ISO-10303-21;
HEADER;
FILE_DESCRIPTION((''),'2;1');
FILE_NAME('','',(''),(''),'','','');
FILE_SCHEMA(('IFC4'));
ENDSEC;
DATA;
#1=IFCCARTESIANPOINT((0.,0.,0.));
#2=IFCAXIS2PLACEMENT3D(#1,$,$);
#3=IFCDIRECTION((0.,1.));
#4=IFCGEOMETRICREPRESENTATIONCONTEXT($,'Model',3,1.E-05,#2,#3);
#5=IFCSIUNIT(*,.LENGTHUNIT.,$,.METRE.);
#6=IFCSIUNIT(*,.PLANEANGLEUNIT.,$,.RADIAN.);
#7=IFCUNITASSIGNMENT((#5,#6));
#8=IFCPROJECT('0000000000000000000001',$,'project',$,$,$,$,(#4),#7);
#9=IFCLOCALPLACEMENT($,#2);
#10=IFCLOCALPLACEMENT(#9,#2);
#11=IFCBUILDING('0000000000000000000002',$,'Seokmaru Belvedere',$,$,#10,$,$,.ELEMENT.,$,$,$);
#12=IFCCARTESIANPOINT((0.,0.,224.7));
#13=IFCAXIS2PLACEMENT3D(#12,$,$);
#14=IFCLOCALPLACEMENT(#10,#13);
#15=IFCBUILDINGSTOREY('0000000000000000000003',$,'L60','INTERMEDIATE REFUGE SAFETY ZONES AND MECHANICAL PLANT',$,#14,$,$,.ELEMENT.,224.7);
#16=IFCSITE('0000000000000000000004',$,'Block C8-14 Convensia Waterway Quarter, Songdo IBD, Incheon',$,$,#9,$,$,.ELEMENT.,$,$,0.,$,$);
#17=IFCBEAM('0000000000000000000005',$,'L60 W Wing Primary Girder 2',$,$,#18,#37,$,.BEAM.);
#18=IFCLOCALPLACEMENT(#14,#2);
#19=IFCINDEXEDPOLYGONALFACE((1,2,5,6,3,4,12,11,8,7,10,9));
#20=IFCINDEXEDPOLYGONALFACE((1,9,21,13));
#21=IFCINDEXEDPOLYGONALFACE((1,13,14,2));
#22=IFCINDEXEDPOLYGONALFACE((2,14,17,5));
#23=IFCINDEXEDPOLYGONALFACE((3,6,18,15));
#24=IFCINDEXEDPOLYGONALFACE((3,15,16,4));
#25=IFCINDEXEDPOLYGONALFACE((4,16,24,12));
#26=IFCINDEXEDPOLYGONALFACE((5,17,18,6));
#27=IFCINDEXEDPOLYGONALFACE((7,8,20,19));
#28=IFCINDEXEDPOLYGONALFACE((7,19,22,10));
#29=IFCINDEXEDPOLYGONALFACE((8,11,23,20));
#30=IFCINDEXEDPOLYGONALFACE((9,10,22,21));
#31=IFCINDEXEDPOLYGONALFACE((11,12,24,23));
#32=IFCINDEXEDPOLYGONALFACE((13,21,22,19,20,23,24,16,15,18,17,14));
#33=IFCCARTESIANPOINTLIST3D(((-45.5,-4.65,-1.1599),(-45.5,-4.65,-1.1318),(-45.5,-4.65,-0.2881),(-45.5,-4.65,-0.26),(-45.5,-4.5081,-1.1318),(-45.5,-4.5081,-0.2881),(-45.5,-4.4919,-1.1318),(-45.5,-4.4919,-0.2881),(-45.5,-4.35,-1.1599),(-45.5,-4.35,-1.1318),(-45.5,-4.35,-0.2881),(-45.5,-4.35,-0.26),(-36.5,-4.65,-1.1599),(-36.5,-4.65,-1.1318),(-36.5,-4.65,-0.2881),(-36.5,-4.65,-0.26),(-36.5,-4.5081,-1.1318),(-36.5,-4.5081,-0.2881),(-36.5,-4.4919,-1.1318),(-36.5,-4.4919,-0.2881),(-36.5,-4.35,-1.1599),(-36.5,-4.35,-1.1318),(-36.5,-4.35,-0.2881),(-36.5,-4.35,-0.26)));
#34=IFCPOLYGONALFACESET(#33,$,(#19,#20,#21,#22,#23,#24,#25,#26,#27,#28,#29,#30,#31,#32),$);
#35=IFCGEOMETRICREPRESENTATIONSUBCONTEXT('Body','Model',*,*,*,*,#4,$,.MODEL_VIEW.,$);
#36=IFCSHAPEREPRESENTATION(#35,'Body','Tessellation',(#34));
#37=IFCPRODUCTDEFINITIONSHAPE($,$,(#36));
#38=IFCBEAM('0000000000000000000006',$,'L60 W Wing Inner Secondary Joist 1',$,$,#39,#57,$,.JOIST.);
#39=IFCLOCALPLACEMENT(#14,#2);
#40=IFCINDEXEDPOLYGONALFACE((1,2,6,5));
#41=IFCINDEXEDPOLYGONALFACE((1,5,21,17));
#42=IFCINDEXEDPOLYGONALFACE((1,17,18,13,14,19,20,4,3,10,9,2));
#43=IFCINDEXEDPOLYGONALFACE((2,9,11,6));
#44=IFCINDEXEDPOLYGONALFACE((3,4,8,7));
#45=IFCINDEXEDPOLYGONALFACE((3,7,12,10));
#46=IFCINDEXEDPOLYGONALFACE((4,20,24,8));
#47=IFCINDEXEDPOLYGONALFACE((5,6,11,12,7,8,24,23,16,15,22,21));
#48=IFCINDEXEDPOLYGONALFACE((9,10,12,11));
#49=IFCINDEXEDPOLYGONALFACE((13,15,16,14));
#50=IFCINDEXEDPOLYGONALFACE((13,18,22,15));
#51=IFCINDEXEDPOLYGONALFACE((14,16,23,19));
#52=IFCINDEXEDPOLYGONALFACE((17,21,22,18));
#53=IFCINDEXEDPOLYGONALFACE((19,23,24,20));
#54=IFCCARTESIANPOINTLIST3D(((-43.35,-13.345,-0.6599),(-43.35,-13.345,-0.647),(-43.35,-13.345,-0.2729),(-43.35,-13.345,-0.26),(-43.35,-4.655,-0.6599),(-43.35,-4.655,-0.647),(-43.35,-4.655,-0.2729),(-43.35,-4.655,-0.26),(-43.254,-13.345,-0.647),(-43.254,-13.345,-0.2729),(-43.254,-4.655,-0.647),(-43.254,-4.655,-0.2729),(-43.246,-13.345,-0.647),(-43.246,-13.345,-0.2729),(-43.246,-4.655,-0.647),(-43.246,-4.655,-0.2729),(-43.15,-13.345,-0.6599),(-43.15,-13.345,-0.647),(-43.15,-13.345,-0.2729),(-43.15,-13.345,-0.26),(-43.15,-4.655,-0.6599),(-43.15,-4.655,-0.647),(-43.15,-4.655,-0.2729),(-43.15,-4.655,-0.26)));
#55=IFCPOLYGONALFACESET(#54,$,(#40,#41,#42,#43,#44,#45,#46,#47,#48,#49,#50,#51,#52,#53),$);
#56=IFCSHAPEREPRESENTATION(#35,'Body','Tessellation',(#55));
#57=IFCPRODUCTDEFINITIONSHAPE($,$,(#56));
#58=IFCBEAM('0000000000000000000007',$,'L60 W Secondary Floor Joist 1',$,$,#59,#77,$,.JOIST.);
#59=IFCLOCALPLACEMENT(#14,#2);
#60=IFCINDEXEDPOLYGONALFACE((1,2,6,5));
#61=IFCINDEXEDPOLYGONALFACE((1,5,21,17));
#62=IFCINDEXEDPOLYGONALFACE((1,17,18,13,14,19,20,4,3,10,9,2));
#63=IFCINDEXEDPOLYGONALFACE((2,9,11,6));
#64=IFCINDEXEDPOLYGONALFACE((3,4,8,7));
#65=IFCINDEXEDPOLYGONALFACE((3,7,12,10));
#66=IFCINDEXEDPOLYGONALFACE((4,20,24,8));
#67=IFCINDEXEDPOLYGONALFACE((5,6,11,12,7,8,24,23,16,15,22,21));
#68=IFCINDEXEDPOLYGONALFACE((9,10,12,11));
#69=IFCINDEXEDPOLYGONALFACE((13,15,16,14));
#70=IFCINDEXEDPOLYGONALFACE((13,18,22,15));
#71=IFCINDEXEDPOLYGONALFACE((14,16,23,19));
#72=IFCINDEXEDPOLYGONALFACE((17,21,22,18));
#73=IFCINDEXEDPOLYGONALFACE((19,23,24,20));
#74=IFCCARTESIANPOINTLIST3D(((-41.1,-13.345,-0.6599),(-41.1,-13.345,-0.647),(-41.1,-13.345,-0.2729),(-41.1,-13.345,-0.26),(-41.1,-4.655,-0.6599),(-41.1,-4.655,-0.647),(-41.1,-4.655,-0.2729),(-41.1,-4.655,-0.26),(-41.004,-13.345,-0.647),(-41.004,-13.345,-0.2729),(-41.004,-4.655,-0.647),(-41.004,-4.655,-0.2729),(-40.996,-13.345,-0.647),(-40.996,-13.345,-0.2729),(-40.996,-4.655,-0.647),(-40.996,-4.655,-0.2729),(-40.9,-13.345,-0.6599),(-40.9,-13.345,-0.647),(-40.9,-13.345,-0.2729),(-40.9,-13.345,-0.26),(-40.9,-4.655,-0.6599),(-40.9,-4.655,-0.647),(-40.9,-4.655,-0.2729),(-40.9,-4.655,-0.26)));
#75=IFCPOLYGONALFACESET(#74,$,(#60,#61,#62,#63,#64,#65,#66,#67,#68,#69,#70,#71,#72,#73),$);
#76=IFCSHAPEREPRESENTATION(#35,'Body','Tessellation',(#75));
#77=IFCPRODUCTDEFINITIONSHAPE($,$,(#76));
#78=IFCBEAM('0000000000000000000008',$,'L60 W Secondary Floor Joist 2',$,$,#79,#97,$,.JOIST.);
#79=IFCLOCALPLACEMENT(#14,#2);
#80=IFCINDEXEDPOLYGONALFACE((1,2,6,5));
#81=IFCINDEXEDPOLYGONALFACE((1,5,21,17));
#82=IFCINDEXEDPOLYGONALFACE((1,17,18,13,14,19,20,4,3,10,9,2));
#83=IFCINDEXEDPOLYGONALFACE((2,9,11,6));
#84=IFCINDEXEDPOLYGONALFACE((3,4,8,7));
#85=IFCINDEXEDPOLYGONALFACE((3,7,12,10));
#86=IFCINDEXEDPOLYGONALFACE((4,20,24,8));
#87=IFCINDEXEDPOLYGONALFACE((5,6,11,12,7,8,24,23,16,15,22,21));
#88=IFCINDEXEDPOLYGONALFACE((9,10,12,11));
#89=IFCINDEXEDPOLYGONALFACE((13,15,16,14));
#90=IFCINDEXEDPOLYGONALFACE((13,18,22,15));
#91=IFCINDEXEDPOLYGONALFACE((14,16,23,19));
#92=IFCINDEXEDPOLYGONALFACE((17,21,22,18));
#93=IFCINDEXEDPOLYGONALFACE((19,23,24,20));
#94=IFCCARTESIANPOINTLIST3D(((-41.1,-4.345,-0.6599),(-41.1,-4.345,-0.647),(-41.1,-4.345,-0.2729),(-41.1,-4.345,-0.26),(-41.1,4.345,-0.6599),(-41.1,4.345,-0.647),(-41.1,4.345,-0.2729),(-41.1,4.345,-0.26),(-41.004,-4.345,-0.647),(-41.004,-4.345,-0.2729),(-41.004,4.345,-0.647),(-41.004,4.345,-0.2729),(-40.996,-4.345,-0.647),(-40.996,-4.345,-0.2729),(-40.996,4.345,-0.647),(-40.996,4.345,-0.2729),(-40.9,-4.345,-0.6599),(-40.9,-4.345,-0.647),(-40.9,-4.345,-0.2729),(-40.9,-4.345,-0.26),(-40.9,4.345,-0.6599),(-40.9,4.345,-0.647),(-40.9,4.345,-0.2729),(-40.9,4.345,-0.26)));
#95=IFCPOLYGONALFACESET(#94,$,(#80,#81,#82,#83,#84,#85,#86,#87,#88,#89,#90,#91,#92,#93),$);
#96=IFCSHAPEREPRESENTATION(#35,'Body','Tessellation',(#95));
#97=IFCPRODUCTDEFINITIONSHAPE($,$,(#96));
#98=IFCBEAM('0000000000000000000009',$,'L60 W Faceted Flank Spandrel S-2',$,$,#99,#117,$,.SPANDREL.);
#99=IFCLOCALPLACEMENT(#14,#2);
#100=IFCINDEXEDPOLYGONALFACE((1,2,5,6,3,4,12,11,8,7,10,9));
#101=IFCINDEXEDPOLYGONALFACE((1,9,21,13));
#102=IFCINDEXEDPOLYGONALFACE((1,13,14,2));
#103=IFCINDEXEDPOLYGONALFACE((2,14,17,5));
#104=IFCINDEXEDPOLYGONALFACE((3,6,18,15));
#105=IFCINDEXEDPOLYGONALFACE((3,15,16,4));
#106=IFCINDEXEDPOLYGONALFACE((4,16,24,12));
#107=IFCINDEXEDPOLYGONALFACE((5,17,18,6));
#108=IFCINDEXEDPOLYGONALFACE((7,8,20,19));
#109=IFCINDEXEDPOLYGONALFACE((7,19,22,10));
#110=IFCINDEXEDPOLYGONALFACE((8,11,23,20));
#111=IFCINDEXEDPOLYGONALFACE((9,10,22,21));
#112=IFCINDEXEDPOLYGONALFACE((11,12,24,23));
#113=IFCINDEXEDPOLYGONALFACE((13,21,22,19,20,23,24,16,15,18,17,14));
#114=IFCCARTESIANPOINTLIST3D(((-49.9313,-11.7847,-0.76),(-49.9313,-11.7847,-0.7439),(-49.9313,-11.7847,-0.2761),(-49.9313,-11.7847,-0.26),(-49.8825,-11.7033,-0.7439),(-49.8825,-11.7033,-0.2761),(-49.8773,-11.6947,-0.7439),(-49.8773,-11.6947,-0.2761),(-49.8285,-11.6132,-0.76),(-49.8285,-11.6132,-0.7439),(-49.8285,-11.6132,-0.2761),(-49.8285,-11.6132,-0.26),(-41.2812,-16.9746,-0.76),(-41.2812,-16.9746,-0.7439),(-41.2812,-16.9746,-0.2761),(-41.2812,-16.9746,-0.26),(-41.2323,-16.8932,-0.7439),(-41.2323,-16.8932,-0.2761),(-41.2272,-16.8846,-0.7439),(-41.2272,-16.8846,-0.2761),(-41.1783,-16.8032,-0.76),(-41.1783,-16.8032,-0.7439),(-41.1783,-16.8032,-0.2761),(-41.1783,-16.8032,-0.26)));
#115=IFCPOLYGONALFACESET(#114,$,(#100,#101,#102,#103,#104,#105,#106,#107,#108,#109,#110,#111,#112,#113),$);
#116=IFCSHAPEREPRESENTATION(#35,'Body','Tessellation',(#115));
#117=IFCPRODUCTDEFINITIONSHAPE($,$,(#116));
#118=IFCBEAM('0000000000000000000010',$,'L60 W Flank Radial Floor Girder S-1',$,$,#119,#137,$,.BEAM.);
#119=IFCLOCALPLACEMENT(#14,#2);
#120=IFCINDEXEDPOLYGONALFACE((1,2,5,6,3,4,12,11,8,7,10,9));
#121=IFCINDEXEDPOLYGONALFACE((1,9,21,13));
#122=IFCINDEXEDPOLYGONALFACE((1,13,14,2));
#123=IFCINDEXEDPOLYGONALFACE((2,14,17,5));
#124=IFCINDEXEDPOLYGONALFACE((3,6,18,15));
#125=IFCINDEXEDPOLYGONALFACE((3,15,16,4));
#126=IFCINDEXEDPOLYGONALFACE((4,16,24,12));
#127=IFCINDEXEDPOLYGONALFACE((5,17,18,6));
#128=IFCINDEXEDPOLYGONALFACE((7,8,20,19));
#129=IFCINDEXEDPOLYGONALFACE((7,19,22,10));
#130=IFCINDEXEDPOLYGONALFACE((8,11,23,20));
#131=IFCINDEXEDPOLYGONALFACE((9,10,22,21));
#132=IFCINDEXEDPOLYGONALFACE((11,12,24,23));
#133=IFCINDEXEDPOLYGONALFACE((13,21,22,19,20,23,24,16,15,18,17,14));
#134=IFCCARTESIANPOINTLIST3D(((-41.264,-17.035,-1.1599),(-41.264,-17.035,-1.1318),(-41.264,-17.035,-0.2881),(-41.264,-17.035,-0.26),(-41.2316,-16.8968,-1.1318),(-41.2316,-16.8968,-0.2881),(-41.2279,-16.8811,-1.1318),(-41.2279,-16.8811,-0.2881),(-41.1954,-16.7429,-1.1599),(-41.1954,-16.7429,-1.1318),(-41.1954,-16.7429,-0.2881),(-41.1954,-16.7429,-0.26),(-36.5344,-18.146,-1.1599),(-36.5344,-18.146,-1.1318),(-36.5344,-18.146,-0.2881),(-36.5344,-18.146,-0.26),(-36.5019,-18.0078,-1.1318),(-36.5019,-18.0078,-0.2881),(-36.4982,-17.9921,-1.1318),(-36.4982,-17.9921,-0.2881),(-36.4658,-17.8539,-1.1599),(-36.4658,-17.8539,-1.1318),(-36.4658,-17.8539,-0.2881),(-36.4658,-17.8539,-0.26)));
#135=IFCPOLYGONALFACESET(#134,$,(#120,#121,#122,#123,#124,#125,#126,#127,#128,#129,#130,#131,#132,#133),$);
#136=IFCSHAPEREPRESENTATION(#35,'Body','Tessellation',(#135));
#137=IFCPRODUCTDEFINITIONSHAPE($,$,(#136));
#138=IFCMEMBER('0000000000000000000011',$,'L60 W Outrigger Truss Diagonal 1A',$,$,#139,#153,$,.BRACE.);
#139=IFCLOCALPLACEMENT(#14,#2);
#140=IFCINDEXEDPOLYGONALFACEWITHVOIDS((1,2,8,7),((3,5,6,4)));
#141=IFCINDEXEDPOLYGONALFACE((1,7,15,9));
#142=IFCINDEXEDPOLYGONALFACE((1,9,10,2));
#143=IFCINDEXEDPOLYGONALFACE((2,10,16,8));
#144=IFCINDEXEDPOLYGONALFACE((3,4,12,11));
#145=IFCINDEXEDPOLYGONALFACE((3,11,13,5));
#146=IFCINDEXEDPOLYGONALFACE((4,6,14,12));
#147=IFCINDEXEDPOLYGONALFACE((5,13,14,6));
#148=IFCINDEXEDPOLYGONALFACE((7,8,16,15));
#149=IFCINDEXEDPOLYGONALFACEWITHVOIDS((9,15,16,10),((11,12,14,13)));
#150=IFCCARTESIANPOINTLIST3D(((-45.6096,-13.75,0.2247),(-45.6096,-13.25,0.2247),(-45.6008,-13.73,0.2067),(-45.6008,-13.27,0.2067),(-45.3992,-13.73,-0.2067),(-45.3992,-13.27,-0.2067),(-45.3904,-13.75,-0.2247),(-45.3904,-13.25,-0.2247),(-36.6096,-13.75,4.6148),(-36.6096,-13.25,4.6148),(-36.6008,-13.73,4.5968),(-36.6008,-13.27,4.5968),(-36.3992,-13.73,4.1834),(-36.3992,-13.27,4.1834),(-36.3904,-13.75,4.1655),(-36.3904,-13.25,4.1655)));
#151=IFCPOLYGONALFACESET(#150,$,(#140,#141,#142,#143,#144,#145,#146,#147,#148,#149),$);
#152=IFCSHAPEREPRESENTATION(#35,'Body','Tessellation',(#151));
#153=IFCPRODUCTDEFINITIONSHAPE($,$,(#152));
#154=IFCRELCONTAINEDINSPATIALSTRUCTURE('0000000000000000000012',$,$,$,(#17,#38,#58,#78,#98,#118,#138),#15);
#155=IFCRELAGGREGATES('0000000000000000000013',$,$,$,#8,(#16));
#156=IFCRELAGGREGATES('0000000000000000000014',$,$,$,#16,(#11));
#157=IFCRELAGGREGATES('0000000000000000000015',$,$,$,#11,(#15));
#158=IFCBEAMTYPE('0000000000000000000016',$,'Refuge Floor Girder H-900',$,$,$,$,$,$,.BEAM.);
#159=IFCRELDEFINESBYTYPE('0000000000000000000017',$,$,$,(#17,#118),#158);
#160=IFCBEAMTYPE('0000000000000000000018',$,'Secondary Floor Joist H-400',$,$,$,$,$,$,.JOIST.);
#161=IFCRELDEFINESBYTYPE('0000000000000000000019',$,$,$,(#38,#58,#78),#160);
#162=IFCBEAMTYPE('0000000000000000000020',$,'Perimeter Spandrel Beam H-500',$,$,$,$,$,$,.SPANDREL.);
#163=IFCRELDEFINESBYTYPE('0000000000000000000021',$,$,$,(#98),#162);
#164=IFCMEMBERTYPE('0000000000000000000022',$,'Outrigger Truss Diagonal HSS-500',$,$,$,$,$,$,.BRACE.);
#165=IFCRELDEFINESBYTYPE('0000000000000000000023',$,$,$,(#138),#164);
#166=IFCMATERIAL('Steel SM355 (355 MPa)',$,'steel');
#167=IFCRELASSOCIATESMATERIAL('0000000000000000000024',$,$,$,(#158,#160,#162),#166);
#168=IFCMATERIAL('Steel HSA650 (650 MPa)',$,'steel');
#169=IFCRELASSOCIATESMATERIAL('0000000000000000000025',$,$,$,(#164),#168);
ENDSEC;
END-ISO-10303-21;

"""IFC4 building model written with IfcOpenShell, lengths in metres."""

from ifc_helpers import new_model, si_unit, direction, frame, origin, origin_2d, place, context, subcontext, project, spatial, hollow_rectangle, i_section, extrude, source, transform, mapped, material, material_profile, profile_set, type_object, type_shapes, element, save


model = new_model("IFC4")

# Units and contexts
model_context = context("Model", 3, precision=1e-05, world=origin(), true_north=direction((0.0, 1.0)))
body_context = subcontext(model_context, "Body", "Model", "MODEL_VIEW")
ifc_project = project(units=[si_unit("LENGTHUNIT", "METRE"), si_unit("PLANEANGLEUNIT", "RADIAN")], contexts=[model_context])

# Site, building, storey
site_placement = place(None, origin())
site = spatial("IfcSite", under=ifc_project, at=site_placement, Name="Block C8-14 Convensia Waterway Quarter, Songdo IBD, Incheon", CompositionType="ELEMENT", RefElevation=0.0)
building_placement = place(site_placement, origin())
building = spatial("IfcBuilding", under=site, at=building_placement, Name="Seokmaru Belvedere", CompositionType="ELEMENT")
storey_placement = place(building_placement, frame((0.0, 0.0, 224.7)))
storey = spatial("IfcBuildingStorey", under=building, at=storey_placement, Name="L60", Description="INTERMEDIATE REFUGE SAFETY ZONES AND MECHANICAL PLANT", CompositionType="ELEMENT", Elevation=224.7)

# Shared definitions
ifc_material_1 = material(Name="Steel SM355 (355 MPa)", Category="steel")

# Beams
ifc_material_profile_1 = material_profile(ifc_material_1, i_section(OverallWidth=0.3, OverallDepth=0.8999, WebThickness=0.0161, FlangeThickness=0.0281, at=origin_2d()), Name="H-900x300x16x28")
ifc_profile_set_1 = profile_set([ifc_material_profile_1], Name="Steel SM355 (355 MPa)")
beam_type_1 = type_object("IfcBeamType", Name="Refuge Floor Girder H-900", PredefinedType="BEAM", material=ifc_profile_set_1)
shared_shape_1 = source(origin(), body_context, "Body", "SweptSolid", [
    extrude(i_section(OverallWidth=0.3, OverallDepth=0.8999, WebThickness=0.0161, FlangeThickness=0.0281, at=origin_2d()), origin(), (0.0, 0.0, 1.0), 9.0),
])
for number, where, z_axis, x_axis, name in (
    (1, (-45.5, -4.5, -0.71), (1.0, 0.0, 0.0), (0.0, 1.0, 0.0), "L60 W Wing Primary Girder 2"),
):
    element("IfcBeam", number, at=place(storey_placement, frame(where, z_axis=z_axis, x_axis=x_axis)), inside=storey, type_object=beam_type_1, Name=name, PredefinedType="BEAM", context=body_context, shape_type="MappedRepresentation", body=[
        mapped(shared_shape_1, transform((0.0, 0.0, 0.0), scale=1.0)),
    ])
ifc_material_profile_2 = material_profile(ifc_material_1, i_section(OverallWidth=0.2, OverallDepth=0.3999, WebThickness=0.0081, FlangeThickness=0.0129, at=origin_2d()), Name="H-400x200x8x13")
ifc_profile_set_2 = profile_set([ifc_material_profile_2], Name="Steel SM355 (355 MPa)")
beam_type_2 = type_object("IfcBeamType", Name="Secondary Floor Joist H-400", PredefinedType="JOIST", material=ifc_profile_set_2)
shared_shape_2 = source(origin(), body_context, "Body", "SweptSolid", [
    extrude(i_section(OverallWidth=0.2, OverallDepth=0.3999, WebThickness=0.0081, FlangeThickness=0.0129, at=origin_2d()), origin(), (0.0, 0.0, 1.0), 8.6899),
])
type_shapes(beam_type_2, [shared_shape_2])
for number, where, z_axis, x_axis, name in (
    (2, (-43.25, -13.345, -0.46), (0.0, 1.0, 0.0), (-1.0, 0.0, 0.0), "L60 W Wing Inner Secondary Joist 1"),
    (3, (-41.0, -13.345, -0.46), (0.0, 1.0, 0.0), (-1.0, 0.0, 0.0), "L60 W Secondary Floor Joist 1"),
    (4, (-41.0, -4.345, -0.46), (0.0, 1.0, 0.0), (-1.0, 0.0, 0.0), "L60 W Secondary Floor Joist 2"),
):
    element("IfcBeam", number, at=place(storey_placement, frame(where, z_axis=z_axis, x_axis=x_axis)), inside=storey, type_object=beam_type_2, Name=name, PredefinedType="JOIST", context=body_context, shape_type="MappedRepresentation", body=[
        mapped(shared_shape_2, transform((0.0, 0.0, 0.0), scale=1.0)),
    ])
ifc_material_profile_3 = material_profile(ifc_material_1, i_section(OverallWidth=0.2, OverallDepth=0.5, WebThickness=0.01, FlangeThickness=0.0161, at=origin_2d()), Name="H-500x200x10x16")
ifc_profile_set_3 = profile_set([ifc_material_profile_3], Name="Steel SM355 (355 MPa)")
beam_type_3 = type_object("IfcBeamType", Name="Perimeter Spandrel Beam H-500", PredefinedType="SPANDREL", material=ifc_profile_set_3)
shared_shape_3 = source(origin(), body_context, "Body", "SweptSolid", [
    extrude(i_section(OverallWidth=0.2, OverallDepth=0.5, WebThickness=0.01, FlangeThickness=0.0161, at=origin_2d()), origin(), (0.0, 0.0, 1.0), 10.0876),
])
type_shapes(beam_type_3, [shared_shape_3])
beam_1_placement = place(storey_placement, frame((-41.2297, -16.8889, -0.51), z_axis=(-0.857499, 0.514485, 0.0), x_axis=(-0.514485, -0.857499, 0.0)))
element("IfcBeam", 5, at=beam_1_placement, inside=storey, type_object=beam_type_3, Name="L60 W Faceted Flank Spandrel S-2", PredefinedType="SPANDREL", context=body_context, shape_type="MappedRepresentation", body=[
    mapped(shared_shape_3, transform((0.0, 0.0, 0.0), scale=1.0)),
])
shared_shape_4 = source(origin(), body_context, "Body", "SweptSolid", [
    extrude(i_section(OverallWidth=0.3, OverallDepth=0.8999, WebThickness=0.0161, FlangeThickness=0.0281, at=origin_2d()), origin(), (0.0, 0.0, 1.0), 4.8584),
])
beam_2_placement = place(storey_placement, frame((-41.2297, -16.8889, -0.71), z_axis=(0.973499, -0.228689, 0.0), x_axis=(0.228689, 0.973499, 0.0)))
element("IfcBeam", 6, at=beam_2_placement, inside=storey, type_object=beam_type_1, Name="L60 W Flank Radial Floor Girder S-1", PredefinedType="BEAM", context=body_context, shape_type="MappedRepresentation", body=[
    mapped(shared_shape_4, transform((0.0, 0.0, 0.0), scale=1.0)),
])

# Member
ifc_material_2 = material(Name="Steel HSA650 (650 MPa)", Category="steel")
ifc_material_profile_4 = material_profile(ifc_material_2, hollow_rectangle(XDim=0.5, YDim=0.5, WallThickness=0.02, at=origin_2d()), Name="HSS-500x500x20")
ifc_profile_set_4 = profile_set([ifc_material_profile_4], Name="Steel HSA650 (650 MPa)")
member_type_1 = type_object("IfcMemberType", Name="Outrigger Truss Diagonal HSS-500", PredefinedType="BRACE", material=ifc_profile_set_4)
shared_shape_5 = source(origin(), body_context, "Body", "SweptSolid", [
    extrude(hollow_rectangle(XDim=0.5, YDim=0.5, WallThickness=0.02, at=origin_2d()), origin(), (0.0, 0.0, 1.0), 10.0137),
])
type_shapes(member_type_1, [shared_shape_5])
member_1_placement = place(storey_placement, frame((-45.5, -13.5, 0.0), z_axis=(0.898773, 0.0, 0.438415), x_axis=(0.0, 1.0, 0.0)))
element("IfcMember", 7, at=member_1_placement, inside=storey, type_object=member_type_1, Name="L60 W Outrigger Truss Diagonal 1A", PredefinedType="BRACE", context=body_context, shape_type="MappedRepresentation", body=[
    mapped(shared_shape_5, transform((0.0, 0.0, 0.0), scale=1.0)),
])

save(model, "model.ifc")
